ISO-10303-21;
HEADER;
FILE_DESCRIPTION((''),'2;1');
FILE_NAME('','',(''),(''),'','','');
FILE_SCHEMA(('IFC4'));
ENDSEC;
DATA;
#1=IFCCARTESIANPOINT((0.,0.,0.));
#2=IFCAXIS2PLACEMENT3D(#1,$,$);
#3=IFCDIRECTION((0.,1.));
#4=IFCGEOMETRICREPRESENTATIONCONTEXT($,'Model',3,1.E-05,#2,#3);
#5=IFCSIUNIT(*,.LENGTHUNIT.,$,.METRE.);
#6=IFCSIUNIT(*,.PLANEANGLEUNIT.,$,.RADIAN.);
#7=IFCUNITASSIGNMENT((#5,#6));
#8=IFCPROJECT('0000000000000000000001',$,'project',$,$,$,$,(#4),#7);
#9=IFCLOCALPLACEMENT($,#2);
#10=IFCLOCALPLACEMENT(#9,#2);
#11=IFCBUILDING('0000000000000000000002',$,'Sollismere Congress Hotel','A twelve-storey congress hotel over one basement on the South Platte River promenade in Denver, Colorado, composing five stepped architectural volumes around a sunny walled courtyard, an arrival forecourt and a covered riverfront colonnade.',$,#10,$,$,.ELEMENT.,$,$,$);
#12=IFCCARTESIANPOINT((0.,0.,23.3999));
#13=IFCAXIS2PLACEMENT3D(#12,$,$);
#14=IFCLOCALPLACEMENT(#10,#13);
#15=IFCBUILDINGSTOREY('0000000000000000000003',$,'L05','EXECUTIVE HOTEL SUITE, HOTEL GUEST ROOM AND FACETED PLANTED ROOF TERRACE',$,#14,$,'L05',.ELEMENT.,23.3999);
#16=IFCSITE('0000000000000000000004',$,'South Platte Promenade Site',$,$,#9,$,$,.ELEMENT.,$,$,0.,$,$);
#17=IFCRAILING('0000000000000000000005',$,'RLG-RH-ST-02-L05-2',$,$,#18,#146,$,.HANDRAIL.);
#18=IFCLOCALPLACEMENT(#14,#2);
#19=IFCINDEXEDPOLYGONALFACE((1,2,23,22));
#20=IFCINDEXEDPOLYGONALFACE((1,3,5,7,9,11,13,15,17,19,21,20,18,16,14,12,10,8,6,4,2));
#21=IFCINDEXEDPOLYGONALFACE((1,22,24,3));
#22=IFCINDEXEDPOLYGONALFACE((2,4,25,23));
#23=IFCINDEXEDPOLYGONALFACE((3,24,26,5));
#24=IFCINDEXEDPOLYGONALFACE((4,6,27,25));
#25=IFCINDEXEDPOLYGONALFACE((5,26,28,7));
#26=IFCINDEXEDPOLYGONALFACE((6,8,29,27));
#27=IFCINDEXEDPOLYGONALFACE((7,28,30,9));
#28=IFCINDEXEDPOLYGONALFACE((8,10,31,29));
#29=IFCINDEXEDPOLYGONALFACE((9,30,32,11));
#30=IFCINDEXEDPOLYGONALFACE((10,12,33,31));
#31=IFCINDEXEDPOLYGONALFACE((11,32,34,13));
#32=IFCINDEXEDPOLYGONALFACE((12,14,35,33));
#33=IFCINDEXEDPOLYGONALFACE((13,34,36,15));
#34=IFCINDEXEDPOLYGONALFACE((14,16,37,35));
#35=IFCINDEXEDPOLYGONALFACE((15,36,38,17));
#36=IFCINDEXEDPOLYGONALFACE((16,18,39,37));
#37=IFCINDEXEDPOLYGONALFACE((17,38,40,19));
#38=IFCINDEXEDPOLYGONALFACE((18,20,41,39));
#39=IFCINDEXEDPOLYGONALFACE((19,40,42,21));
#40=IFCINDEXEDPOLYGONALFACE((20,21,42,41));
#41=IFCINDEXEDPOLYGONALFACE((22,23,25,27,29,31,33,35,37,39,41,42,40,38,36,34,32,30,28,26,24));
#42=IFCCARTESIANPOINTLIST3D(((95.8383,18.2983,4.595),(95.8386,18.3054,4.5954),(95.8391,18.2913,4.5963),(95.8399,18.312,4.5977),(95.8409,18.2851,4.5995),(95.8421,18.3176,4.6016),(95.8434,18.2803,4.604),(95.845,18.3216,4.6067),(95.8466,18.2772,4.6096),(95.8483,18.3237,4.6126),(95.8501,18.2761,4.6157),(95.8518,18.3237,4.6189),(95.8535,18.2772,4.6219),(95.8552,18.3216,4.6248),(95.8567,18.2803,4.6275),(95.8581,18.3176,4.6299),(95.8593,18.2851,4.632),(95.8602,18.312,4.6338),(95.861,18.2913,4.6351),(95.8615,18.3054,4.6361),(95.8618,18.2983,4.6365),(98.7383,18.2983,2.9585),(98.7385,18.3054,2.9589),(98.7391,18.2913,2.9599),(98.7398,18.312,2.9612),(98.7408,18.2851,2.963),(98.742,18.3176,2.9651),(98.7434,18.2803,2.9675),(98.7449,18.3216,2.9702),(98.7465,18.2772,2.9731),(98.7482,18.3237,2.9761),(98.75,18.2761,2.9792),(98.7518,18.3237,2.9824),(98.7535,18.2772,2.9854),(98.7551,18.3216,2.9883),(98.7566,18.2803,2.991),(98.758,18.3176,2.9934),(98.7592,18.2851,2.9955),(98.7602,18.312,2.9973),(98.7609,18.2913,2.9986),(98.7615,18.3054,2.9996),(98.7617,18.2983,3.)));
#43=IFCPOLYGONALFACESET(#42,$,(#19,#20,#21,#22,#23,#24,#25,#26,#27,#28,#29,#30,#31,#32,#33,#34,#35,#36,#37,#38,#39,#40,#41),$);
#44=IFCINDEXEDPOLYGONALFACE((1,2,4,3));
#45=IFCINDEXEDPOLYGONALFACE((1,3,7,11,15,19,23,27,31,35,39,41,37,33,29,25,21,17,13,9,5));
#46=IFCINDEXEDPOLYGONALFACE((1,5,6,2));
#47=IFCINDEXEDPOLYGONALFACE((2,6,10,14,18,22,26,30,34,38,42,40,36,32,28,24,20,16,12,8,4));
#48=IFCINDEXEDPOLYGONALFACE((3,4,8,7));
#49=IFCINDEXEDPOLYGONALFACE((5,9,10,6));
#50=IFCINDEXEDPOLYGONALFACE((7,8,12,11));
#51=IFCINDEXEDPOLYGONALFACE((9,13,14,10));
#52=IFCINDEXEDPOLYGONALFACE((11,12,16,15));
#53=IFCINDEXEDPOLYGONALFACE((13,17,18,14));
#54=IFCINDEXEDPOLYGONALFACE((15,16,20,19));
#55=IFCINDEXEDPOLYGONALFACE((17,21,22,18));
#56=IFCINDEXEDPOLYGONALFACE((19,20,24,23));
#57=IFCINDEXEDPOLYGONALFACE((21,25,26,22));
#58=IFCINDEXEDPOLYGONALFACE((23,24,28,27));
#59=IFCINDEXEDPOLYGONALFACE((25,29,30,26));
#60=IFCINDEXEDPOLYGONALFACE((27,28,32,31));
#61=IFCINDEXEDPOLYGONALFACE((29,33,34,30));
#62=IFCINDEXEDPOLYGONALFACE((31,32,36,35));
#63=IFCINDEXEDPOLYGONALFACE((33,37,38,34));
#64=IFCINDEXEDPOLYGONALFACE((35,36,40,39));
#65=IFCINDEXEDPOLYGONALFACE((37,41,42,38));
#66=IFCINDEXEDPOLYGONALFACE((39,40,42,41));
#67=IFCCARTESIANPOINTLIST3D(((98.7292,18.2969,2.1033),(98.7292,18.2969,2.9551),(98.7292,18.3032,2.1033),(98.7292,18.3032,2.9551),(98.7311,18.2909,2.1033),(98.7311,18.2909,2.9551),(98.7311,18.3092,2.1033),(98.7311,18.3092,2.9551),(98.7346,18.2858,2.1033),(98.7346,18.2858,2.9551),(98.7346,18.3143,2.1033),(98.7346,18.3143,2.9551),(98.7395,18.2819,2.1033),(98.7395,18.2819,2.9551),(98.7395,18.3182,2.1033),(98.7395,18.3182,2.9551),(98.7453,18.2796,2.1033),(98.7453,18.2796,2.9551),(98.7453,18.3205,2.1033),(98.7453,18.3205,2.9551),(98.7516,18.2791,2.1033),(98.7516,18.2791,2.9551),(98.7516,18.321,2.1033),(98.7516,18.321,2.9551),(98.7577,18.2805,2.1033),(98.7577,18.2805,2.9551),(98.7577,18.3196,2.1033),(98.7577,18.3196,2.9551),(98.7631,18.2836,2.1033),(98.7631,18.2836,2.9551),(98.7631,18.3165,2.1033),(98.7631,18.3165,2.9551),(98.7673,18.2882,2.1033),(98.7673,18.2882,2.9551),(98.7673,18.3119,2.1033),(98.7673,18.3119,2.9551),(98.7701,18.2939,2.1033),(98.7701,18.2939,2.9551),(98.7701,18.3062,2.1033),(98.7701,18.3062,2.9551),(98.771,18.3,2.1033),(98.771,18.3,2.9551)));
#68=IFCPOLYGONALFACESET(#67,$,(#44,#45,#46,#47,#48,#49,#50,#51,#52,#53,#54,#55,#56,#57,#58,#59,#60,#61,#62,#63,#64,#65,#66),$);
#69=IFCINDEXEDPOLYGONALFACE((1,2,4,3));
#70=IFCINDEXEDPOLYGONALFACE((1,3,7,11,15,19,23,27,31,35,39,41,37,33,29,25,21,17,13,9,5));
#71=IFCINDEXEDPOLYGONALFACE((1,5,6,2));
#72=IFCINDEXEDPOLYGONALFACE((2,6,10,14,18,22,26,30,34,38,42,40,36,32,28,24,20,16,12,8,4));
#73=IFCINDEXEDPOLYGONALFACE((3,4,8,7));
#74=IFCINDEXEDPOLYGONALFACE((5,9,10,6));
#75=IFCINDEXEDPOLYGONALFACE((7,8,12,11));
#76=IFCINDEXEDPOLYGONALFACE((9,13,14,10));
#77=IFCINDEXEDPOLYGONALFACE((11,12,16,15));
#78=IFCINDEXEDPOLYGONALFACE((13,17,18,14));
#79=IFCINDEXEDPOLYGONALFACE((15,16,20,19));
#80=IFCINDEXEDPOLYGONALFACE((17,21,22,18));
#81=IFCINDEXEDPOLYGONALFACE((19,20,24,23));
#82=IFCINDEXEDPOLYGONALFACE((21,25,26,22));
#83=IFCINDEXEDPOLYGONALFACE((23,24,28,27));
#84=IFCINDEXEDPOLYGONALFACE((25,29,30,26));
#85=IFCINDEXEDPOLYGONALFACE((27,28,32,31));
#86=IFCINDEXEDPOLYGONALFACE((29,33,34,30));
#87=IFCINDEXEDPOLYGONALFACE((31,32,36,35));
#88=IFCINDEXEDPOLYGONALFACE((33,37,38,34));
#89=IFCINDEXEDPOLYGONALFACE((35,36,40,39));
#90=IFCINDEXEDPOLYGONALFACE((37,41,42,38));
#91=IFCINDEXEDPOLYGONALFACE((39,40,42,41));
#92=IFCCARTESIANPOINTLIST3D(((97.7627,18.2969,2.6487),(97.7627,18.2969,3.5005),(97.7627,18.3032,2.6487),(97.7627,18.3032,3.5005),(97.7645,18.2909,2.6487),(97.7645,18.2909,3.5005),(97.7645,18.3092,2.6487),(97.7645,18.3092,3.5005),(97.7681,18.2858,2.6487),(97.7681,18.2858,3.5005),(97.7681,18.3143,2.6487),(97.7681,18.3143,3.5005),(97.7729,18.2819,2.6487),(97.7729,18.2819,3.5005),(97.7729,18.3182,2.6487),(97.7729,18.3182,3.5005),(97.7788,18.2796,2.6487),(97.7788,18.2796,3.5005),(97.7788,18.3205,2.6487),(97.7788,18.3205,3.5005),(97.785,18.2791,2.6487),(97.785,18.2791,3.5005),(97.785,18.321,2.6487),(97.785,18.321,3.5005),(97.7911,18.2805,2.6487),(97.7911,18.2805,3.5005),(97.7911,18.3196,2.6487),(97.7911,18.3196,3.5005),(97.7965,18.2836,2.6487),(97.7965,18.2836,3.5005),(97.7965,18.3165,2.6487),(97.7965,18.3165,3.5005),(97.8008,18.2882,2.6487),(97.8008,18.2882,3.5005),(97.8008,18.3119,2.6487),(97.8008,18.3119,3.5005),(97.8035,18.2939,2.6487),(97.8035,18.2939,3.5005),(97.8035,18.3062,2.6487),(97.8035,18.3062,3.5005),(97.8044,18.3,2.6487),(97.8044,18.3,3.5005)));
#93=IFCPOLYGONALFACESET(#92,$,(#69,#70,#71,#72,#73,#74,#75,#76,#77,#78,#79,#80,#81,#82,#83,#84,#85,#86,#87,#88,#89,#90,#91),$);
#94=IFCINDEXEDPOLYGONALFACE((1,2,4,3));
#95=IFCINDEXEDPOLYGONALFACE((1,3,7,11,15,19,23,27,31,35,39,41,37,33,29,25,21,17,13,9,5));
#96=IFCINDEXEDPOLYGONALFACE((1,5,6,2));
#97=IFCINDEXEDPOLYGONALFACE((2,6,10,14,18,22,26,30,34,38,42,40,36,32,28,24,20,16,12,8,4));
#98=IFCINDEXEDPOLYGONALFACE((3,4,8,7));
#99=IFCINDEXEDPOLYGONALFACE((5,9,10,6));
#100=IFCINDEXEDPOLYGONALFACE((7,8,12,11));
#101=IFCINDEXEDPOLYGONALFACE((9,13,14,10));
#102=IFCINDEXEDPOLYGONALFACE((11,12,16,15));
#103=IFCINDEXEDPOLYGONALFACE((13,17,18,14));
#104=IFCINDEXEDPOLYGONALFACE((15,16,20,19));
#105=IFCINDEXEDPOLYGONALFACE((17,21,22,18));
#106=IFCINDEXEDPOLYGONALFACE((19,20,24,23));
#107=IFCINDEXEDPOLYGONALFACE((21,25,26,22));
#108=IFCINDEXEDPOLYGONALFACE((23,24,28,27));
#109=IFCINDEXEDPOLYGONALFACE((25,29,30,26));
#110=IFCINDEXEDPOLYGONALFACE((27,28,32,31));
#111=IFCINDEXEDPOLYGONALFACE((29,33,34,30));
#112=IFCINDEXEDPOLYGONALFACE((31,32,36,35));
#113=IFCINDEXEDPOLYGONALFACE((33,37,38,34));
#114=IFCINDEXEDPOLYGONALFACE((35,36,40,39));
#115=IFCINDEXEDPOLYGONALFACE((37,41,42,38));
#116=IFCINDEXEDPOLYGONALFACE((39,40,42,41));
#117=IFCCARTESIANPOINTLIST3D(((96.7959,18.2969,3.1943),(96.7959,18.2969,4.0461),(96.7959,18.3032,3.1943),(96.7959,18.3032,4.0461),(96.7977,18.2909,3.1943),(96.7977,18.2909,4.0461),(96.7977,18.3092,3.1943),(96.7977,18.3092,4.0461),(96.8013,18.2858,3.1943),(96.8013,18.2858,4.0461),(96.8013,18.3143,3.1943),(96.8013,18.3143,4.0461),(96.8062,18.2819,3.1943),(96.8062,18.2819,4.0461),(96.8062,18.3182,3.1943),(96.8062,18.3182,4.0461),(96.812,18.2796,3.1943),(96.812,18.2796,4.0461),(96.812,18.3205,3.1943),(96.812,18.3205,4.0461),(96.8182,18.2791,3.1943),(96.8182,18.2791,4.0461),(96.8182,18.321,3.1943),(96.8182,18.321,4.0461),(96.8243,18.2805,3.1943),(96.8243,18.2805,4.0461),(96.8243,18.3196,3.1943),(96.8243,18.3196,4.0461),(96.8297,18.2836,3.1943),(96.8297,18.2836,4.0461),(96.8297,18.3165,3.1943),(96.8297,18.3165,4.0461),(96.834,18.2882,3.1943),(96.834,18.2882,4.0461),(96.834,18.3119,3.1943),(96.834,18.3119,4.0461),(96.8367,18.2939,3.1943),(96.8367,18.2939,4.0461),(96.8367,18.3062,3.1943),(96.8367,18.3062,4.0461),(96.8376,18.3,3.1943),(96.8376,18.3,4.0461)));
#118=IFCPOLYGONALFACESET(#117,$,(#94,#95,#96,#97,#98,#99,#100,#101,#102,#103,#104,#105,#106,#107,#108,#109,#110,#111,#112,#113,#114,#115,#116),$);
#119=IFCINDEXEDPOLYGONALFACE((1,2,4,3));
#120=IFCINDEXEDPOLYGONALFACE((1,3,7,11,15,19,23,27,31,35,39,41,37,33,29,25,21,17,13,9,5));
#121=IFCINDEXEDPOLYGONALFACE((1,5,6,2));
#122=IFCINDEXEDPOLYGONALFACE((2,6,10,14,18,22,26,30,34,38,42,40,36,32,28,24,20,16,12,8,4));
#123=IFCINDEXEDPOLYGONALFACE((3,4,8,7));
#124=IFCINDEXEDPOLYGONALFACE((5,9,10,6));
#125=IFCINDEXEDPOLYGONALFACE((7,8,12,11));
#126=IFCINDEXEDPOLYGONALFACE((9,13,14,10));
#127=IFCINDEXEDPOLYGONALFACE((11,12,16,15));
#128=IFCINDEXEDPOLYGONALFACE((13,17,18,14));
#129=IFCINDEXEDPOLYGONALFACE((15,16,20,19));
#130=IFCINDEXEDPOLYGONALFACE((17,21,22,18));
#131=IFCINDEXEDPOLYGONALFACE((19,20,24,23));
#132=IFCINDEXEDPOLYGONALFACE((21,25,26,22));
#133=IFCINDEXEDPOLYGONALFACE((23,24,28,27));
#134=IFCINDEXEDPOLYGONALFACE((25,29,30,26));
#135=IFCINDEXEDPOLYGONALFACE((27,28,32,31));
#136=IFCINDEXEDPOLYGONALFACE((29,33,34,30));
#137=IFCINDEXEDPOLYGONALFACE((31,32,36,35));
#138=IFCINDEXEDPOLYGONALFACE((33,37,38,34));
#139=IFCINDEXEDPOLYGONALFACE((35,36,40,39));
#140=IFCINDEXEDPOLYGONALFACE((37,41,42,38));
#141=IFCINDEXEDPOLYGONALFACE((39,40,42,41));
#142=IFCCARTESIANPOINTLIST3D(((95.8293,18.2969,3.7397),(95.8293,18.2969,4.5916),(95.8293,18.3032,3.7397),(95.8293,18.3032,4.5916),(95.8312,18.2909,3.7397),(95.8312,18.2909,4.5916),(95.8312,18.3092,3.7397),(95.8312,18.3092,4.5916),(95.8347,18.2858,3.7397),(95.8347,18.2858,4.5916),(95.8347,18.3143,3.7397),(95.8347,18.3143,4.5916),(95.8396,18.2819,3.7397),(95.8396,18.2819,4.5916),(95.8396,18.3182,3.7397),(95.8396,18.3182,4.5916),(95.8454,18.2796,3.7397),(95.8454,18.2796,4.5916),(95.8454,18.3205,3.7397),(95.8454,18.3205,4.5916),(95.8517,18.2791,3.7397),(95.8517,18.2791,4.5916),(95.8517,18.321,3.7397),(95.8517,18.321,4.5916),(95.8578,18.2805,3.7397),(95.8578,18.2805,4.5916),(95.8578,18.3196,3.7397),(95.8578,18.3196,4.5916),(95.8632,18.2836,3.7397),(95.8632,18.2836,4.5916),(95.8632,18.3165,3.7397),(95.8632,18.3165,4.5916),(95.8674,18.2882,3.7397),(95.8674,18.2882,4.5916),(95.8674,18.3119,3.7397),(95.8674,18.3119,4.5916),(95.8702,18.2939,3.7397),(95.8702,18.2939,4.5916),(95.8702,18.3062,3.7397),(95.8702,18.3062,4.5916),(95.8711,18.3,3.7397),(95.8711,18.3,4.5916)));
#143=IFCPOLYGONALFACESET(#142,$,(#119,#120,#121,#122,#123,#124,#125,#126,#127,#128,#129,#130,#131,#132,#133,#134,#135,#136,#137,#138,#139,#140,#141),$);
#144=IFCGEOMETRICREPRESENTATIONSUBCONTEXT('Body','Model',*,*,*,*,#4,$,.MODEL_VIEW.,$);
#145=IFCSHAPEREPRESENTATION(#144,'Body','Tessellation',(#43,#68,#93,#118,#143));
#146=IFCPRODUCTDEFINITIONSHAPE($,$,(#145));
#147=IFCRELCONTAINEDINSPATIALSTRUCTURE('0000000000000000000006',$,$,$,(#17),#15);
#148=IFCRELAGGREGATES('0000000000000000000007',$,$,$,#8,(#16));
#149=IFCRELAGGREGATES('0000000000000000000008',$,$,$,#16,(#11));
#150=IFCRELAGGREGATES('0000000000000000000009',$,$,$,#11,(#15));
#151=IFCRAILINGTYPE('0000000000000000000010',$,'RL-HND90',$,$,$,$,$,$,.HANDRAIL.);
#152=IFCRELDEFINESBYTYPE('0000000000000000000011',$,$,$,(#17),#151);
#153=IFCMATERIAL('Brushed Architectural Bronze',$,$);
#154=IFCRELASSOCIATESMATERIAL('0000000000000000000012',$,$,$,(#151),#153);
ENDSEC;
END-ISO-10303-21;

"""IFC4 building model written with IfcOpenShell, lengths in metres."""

from ifc_helpers import new_model, si_unit, direction, frame, origin, origin_2d, place, context, subcontext, project, spatial, circle, extrude, material, type_object, element, save


model = new_model("IFC4")

# Units and contexts
model_context = context("Model", 3, precision=1e-05, world=origin(), true_north=direction((0.0, 1.0)))
body_context = subcontext(model_context, "Body", "Model", "MODEL_VIEW")
ifc_project = project(units=[si_unit("LENGTHUNIT", "METRE"), si_unit("PLANEANGLEUNIT", "RADIAN")], contexts=[model_context])

# Site, building, storey
site_placement = place(None, origin())
site = spatial("IfcSite", under=ifc_project, at=site_placement, Name="South Platte Promenade Site", CompositionType="ELEMENT", RefElevation=0.0)
building_placement = place(site_placement, origin())
building = spatial("IfcBuilding", under=site, at=building_placement, Name="Sollismere Congress Hotel", Description="A twelve-storey congress hotel over one basement on the South Platte River promenade in Denver, Colorado, composing five stepped architectural volumes around a sunny walled courtyard, an arrival forecourt and a covered riverfront colonnade.", CompositionType="ELEMENT")
storey_placement = place(building_placement, frame((0.0, 0.0, 23.3999)))
storey = spatial("IfcBuildingStorey", under=building, at=storey_placement, Name="L05", Description="EXECUTIVE HOTEL SUITE, HOTEL GUEST ROOM AND FACETED PLANTED ROOF TERRACE", LongName="L05", CompositionType="ELEMENT", Elevation=23.3999)

# Railing
ifc_material_1 = material(Name="Brushed Architectural Bronze")
railing_type_1 = type_object("IfcRailingType", Name="RL-HND90", PredefinedType="HANDRAIL", material=ifc_material_1)
railing_1_placement = place(storey_placement, frame((98.75, 18.3, 2.1033)))
element("IfcRailing", 1, at=railing_1_placement, inside=storey, type_object=railing_type_1, Name="RLG-RH-ST-02-L05-2", PredefinedType="HANDRAIL", context=body_context, shape_type="SweptSolid", body=[
    extrude(circle(Radius=0.0239, at=origin_2d()), frame((0.0, 0.0, 0.876), z_axis=(-0.870897, 0.0, 0.491465), x_axis=(0.0, -1.0, 0.0)), (0.0, 0.0, 1.0), 3.3298),
    extrude(circle(Radius=0.021, at=origin_2d()), origin(), (0.0, 0.0, 1.0), 0.8518),
    extrude(circle(Radius=0.021, at=origin_2d()), frame((-0.9666, 0.0, 0.5454)), (0.0, 0.0, 1.0), 0.8518),
    extrude(circle(Radius=0.021, at=origin_2d()), frame((-1.9333, 0.0, 1.0911)), (0.0, 0.0, 1.0), 0.8518),
    extrude(circle(Radius=0.021, at=origin_2d()), frame((-2.8999, 0.0, 1.6365)), (0.0, 0.0, 1.0), 0.8518),
])

save(model, "model.ifc")
